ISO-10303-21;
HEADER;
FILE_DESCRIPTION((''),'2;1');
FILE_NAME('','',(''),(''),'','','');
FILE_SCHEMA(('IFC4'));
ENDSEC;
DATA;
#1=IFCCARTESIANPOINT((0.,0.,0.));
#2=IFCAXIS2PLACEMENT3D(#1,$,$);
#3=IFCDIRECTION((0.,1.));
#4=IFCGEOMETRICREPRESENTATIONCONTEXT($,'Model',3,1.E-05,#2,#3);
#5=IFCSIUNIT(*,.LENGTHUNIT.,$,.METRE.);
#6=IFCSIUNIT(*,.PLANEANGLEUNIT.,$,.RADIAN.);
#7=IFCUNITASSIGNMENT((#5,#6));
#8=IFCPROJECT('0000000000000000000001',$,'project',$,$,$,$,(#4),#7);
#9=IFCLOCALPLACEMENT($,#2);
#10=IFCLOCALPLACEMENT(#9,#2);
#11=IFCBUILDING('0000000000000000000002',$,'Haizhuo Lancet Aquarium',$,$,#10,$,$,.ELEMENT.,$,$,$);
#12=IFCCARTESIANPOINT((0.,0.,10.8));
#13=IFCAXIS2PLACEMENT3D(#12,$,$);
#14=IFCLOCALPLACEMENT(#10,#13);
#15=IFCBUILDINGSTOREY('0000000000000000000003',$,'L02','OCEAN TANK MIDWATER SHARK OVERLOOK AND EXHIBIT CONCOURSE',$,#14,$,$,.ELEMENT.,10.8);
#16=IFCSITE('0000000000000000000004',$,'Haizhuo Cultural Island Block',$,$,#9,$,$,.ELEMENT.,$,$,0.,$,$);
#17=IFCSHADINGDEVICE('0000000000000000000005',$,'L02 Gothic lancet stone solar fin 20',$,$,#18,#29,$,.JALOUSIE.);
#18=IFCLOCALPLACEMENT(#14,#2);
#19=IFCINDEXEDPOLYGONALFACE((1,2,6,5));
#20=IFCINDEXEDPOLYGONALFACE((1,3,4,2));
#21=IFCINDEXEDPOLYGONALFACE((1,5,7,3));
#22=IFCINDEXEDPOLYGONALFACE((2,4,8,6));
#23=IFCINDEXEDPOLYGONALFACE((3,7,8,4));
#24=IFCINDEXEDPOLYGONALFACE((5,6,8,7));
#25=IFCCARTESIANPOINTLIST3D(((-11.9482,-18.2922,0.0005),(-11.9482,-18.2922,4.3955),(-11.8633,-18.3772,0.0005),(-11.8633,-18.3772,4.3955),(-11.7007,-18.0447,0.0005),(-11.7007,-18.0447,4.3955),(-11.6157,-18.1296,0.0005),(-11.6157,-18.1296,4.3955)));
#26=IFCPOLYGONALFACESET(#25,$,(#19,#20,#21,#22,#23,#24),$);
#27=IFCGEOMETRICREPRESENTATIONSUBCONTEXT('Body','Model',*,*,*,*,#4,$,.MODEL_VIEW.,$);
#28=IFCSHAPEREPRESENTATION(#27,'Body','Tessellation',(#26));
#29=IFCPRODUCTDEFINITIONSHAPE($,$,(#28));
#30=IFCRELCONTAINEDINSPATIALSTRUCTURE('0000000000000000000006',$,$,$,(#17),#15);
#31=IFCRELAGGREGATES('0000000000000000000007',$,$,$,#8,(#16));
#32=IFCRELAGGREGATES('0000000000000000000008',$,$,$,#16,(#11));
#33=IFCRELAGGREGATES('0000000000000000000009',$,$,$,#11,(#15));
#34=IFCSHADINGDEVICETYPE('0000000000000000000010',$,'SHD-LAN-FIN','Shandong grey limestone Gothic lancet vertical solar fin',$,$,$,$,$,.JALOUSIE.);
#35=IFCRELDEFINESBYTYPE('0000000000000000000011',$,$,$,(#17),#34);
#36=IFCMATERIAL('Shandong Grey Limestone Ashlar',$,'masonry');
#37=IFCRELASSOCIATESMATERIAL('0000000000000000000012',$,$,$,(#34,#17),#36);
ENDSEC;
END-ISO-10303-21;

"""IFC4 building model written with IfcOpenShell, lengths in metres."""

from ifc_helpers import new_model, si_unit, direction, frame, origin, origin_2d, place, context, subcontext, project, spatial, rectangle, extrude, material, type_object, element, save


model = new_model("IFC4")

# Units and contexts
model_context = context("Model", 3, precision=1e-05, world=origin(), true_north=direction((0.0, 1.0)))
body_context = subcontext(model_context, "Body", "Model", "MODEL_VIEW")
ifc_project = project(units=[si_unit("LENGTHUNIT", "METRE"), si_unit("PLANEANGLEUNIT", "RADIAN")], contexts=[model_context])

# Site, building, storey
site_placement = place(None, origin())
site = spatial("IfcSite", under=ifc_project, at=site_placement, Name="Haizhuo Cultural Island Block", CompositionType="ELEMENT", RefElevation=0.0)
building_placement = place(site_placement, origin())
building = spatial("IfcBuilding", under=site, at=building_placement, Name="Haizhuo Lancet Aquarium", CompositionType="ELEMENT")
storey_placement = place(building_placement, frame((0.0, 0.0, 10.8)))
storey = spatial("IfcBuildingStorey", under=building, at=storey_placement, Name="L02", Description="OCEAN TANK MIDWATER SHARK OVERLOOK AND EXHIBIT CONCOURSE", CompositionType="ELEMENT", Elevation=10.8)

# Shared definitions
ifc_material_1 = material(Name="Shandong Grey Limestone Ashlar", Category="masonry")

# Shading device
shading_device_type = type_object("IfcShadingDeviceType", Name="SHD-LAN-FIN", Description="Shandong grey limestone Gothic lancet vertical solar fin", PredefinedType="JALOUSIE", material=ifc_material_1)
shading_device_placement = place(storey_placement, frame((-11.782, -18.2109, 0.0005), z_axis=(0.0, 0.0, 1.0), x_axis=(-0.707107, 0.707107, 0.0)))
element("IfcShadingDevice", 1, at=shading_device_placement, inside=storey, type_object=shading_device_type, material=ifc_material_1, Name="L02 Gothic lancet stone solar fin 20", PredefinedType="JALOUSIE", context=body_context, shape_type="SweptSolid", body=[
    extrude(rectangle(XDim=0.1201, YDim=0.3501, at=origin_2d()), origin(), (0.0, 0.0, 1.0), 4.395),
])

save(model, "model.ifc")
